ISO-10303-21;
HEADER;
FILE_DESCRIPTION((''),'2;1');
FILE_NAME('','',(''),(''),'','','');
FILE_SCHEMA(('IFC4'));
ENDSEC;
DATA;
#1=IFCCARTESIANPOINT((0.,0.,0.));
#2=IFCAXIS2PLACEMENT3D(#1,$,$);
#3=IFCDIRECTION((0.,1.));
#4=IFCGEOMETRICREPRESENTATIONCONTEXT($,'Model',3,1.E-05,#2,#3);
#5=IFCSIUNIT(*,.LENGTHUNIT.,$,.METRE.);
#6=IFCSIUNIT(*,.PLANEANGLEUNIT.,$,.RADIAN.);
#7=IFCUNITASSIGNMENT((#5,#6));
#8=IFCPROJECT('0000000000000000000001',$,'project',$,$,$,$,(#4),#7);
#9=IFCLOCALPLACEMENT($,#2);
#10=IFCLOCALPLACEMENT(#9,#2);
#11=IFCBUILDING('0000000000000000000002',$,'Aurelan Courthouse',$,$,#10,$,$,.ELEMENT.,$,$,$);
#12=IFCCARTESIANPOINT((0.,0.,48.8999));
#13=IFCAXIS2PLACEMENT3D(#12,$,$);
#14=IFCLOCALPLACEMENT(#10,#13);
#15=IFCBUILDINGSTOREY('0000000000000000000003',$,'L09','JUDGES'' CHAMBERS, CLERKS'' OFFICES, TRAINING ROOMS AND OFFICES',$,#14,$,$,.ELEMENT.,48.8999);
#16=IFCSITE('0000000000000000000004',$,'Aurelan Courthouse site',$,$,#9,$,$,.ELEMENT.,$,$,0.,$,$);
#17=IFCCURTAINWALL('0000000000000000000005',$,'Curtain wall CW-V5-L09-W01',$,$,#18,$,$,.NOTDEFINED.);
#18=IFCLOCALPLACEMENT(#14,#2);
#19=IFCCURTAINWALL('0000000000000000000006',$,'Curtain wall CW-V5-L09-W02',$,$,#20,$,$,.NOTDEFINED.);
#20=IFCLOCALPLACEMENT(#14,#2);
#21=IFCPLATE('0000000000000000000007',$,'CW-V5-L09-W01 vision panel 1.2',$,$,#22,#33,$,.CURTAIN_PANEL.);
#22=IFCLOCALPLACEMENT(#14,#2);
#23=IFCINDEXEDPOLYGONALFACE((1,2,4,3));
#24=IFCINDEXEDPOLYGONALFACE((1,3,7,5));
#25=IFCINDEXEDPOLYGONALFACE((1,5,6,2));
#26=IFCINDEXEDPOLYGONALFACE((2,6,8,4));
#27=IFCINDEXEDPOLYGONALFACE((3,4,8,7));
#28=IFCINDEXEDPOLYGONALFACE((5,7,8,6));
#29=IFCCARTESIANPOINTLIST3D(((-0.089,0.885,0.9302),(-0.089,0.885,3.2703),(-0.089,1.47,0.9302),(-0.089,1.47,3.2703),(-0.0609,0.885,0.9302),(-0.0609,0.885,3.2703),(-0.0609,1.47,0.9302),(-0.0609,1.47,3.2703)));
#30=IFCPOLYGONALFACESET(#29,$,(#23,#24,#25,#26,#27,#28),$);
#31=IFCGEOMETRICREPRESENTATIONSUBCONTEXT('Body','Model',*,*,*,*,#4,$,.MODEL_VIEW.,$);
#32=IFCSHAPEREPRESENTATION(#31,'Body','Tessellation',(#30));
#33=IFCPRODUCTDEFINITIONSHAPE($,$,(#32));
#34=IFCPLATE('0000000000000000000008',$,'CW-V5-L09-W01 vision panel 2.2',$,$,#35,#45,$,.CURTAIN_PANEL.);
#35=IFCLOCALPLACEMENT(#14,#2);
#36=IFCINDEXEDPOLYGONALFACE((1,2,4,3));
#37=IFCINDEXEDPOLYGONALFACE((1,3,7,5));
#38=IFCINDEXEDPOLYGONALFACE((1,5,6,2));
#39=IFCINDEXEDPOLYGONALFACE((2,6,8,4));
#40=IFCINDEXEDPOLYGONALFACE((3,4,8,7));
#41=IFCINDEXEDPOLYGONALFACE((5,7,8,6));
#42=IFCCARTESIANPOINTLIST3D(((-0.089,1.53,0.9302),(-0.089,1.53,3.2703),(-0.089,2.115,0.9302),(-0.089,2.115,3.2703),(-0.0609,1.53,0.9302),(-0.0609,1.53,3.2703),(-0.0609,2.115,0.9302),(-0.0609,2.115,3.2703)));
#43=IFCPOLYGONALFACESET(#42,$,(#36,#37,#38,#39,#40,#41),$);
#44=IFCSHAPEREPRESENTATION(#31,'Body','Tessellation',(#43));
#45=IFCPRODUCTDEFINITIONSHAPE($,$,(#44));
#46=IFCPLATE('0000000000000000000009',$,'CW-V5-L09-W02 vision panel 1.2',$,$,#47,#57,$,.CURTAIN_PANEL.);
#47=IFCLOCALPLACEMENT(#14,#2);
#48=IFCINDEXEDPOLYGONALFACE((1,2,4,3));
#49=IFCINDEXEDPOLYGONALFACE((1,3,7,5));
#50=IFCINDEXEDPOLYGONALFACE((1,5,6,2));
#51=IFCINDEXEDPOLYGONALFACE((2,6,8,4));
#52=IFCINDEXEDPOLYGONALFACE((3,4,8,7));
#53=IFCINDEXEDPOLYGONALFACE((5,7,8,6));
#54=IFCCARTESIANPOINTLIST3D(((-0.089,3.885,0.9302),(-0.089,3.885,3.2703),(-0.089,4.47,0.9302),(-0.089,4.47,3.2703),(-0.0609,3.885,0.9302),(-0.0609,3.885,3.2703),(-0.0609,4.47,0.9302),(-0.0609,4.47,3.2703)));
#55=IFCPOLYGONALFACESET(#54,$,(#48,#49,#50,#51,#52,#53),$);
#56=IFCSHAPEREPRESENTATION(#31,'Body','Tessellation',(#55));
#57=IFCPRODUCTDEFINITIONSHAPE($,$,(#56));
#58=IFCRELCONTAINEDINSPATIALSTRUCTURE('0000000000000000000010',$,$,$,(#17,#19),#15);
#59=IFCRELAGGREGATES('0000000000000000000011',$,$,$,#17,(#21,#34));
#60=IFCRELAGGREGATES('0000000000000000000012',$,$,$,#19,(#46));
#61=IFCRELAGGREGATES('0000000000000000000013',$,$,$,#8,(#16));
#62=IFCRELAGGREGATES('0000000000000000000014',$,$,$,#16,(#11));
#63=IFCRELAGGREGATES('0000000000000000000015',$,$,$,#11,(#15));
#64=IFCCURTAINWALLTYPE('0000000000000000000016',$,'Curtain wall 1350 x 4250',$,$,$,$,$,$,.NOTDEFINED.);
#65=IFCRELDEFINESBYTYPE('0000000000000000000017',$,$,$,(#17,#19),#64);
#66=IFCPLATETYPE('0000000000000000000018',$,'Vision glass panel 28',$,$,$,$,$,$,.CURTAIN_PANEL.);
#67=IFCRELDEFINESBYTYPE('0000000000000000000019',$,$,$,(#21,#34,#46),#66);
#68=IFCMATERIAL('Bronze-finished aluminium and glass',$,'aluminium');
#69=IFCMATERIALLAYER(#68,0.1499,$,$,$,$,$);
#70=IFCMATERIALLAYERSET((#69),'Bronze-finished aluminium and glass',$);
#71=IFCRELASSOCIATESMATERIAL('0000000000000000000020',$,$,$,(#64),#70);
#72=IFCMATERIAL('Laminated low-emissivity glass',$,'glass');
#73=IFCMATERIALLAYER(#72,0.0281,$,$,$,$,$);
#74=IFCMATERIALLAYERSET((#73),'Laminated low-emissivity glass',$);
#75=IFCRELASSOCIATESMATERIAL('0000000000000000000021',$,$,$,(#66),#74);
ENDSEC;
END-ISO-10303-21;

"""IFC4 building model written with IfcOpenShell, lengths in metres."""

from ifc_helpers import new_model, si_unit, direction, frame, origin, origin_2d, place, context, subcontext, project, spatial, rectangle, extrude, material, layer, layer_set, type_object, element, aggregate, save


model = new_model("IFC4")

# Units and contexts
model_context = context("Model", 3, precision=1e-05, world=origin(), true_north=direction((0.0, 1.0)))
body_context = subcontext(model_context, "Body", "Model", "MODEL_VIEW")
ifc_project = project(units=[si_unit("LENGTHUNIT", "METRE"), si_unit("PLANEANGLEUNIT", "RADIAN")], contexts=[model_context])

# Site, building, storey
site_placement = place(None, origin())
site = spatial("IfcSite", under=ifc_project, at=site_placement, Name="Aurelan Courthouse site", CompositionType="ELEMENT", RefElevation=0.0)
building_placement = place(site_placement, origin())
building = spatial("IfcBuilding", under=site, at=building_placement, Name="Aurelan Courthouse", CompositionType="ELEMENT")
storey_placement = place(building_placement, frame((0.0, 0.0, 48.8999)))
storey = spatial("IfcBuildingStorey", under=building, at=storey_placement, Name="L09", Description="JUDGES' CHAMBERS, CLERKS' OFFICES, TRAINING ROOMS AND OFFICES", CompositionType="ELEMENT", Elevation=48.8999)

# Curtain walls
ifc_material_1 = material(Name="Bronze-finished aluminium and glass", Category="aluminium")
ifc_layer_1 = layer(ifc_material_1, 0.1499)
ifc_layer_set_1 = layer_set([ifc_layer_1], Name="Bronze-finished aluminium and glass")
curtain_wall_type = type_object("IfcCurtainWallType", Name="Curtain wall 1350 x 4250", PredefinedType="NOTDEFINED", material=ifc_layer_set_1)
curtain_wall_1_placement = place(storey_placement, origin())
curtain_wall_1 = element("IfcCurtainWall", 1, at=curtain_wall_1_placement, inside=storey, type_object=curtain_wall_type, Name="Curtain wall CW-V5-L09-W01", PredefinedType="NOTDEFINED")
curtain_wall_2_placement = place(storey_placement, origin())
curtain_wall_2 = element("IfcCurtainWall", 2, at=curtain_wall_2_placement, inside=storey, type_object=curtain_wall_type, Name="Curtain wall CW-V5-L09-W02", PredefinedType="NOTDEFINED")

# Plates
ifc_material_2 = material(Name="Laminated low-emissivity glass", Category="glass")
ifc_layer_2 = layer(ifc_material_2, 0.0281)
ifc_layer_set_2 = layer_set([ifc_layer_2], Name="Laminated low-emissivity glass")
plate_type_1 = type_object("IfcPlateType", Name="Vision glass panel 28", PredefinedType="CURTAIN_PANEL", material=ifc_layer_set_2)
plate_1_placement = place(storey_placement, frame((-0.075, 1.1775, 0.9302), z_axis=(0.0, 0.0, 1.0), x_axis=(0.0, 1.0, 0.0)))
plate_1 = element("IfcPlate", 3, at=plate_1_placement, type_object=plate_type_1, Name="CW-V5-L09-W01 vision panel 1.2", PredefinedType="CURTAIN_PANEL", context=body_context, shape_type="SweptSolid", body=[
    extrude(rectangle(XDim=0.585, YDim=0.0281, at=origin_2d()), origin(), (0.0, 0.0, 1.0), 2.3401),
])
plate_2_placement = place(storey_placement, frame((-0.075, 1.8225, 0.9302), z_axis=(0.0, 0.0, 1.0), x_axis=(0.0, 1.0, 0.0)))
plate_2 = element("IfcPlate", 4, at=plate_2_placement, type_object=plate_type_1, Name="CW-V5-L09-W01 vision panel 2.2", PredefinedType="CURTAIN_PANEL", context=body_context, shape_type="SweptSolid", body=[
    extrude(rectangle(XDim=0.585, YDim=0.0281, at=origin_2d()), origin(), (0.0, 0.0, 1.0), 2.3401),
])
aggregate(curtain_wall_1, [plate_1, plate_2])
plate_3_placement = place(storey_placement, frame((-0.075, 4.1775, 0.9302), z_axis=(0.0, 0.0, 1.0), x_axis=(0.0, 1.0, 0.0)))
plate_3 = element("IfcPlate", 5, at=plate_3_placement, type_object=plate_type_1, Name="CW-V5-L09-W02 vision panel 1.2", PredefinedType="CURTAIN_PANEL", context=body_context, shape_type="SweptSolid", body=[
    extrude(rectangle(XDim=0.585, YDim=0.0281, at=origin_2d()), origin(), (0.0, 0.0, 1.0), 2.3401),
])
aggregate(curtain_wall_2, [plate_3])

save(model, "model.ifc")
